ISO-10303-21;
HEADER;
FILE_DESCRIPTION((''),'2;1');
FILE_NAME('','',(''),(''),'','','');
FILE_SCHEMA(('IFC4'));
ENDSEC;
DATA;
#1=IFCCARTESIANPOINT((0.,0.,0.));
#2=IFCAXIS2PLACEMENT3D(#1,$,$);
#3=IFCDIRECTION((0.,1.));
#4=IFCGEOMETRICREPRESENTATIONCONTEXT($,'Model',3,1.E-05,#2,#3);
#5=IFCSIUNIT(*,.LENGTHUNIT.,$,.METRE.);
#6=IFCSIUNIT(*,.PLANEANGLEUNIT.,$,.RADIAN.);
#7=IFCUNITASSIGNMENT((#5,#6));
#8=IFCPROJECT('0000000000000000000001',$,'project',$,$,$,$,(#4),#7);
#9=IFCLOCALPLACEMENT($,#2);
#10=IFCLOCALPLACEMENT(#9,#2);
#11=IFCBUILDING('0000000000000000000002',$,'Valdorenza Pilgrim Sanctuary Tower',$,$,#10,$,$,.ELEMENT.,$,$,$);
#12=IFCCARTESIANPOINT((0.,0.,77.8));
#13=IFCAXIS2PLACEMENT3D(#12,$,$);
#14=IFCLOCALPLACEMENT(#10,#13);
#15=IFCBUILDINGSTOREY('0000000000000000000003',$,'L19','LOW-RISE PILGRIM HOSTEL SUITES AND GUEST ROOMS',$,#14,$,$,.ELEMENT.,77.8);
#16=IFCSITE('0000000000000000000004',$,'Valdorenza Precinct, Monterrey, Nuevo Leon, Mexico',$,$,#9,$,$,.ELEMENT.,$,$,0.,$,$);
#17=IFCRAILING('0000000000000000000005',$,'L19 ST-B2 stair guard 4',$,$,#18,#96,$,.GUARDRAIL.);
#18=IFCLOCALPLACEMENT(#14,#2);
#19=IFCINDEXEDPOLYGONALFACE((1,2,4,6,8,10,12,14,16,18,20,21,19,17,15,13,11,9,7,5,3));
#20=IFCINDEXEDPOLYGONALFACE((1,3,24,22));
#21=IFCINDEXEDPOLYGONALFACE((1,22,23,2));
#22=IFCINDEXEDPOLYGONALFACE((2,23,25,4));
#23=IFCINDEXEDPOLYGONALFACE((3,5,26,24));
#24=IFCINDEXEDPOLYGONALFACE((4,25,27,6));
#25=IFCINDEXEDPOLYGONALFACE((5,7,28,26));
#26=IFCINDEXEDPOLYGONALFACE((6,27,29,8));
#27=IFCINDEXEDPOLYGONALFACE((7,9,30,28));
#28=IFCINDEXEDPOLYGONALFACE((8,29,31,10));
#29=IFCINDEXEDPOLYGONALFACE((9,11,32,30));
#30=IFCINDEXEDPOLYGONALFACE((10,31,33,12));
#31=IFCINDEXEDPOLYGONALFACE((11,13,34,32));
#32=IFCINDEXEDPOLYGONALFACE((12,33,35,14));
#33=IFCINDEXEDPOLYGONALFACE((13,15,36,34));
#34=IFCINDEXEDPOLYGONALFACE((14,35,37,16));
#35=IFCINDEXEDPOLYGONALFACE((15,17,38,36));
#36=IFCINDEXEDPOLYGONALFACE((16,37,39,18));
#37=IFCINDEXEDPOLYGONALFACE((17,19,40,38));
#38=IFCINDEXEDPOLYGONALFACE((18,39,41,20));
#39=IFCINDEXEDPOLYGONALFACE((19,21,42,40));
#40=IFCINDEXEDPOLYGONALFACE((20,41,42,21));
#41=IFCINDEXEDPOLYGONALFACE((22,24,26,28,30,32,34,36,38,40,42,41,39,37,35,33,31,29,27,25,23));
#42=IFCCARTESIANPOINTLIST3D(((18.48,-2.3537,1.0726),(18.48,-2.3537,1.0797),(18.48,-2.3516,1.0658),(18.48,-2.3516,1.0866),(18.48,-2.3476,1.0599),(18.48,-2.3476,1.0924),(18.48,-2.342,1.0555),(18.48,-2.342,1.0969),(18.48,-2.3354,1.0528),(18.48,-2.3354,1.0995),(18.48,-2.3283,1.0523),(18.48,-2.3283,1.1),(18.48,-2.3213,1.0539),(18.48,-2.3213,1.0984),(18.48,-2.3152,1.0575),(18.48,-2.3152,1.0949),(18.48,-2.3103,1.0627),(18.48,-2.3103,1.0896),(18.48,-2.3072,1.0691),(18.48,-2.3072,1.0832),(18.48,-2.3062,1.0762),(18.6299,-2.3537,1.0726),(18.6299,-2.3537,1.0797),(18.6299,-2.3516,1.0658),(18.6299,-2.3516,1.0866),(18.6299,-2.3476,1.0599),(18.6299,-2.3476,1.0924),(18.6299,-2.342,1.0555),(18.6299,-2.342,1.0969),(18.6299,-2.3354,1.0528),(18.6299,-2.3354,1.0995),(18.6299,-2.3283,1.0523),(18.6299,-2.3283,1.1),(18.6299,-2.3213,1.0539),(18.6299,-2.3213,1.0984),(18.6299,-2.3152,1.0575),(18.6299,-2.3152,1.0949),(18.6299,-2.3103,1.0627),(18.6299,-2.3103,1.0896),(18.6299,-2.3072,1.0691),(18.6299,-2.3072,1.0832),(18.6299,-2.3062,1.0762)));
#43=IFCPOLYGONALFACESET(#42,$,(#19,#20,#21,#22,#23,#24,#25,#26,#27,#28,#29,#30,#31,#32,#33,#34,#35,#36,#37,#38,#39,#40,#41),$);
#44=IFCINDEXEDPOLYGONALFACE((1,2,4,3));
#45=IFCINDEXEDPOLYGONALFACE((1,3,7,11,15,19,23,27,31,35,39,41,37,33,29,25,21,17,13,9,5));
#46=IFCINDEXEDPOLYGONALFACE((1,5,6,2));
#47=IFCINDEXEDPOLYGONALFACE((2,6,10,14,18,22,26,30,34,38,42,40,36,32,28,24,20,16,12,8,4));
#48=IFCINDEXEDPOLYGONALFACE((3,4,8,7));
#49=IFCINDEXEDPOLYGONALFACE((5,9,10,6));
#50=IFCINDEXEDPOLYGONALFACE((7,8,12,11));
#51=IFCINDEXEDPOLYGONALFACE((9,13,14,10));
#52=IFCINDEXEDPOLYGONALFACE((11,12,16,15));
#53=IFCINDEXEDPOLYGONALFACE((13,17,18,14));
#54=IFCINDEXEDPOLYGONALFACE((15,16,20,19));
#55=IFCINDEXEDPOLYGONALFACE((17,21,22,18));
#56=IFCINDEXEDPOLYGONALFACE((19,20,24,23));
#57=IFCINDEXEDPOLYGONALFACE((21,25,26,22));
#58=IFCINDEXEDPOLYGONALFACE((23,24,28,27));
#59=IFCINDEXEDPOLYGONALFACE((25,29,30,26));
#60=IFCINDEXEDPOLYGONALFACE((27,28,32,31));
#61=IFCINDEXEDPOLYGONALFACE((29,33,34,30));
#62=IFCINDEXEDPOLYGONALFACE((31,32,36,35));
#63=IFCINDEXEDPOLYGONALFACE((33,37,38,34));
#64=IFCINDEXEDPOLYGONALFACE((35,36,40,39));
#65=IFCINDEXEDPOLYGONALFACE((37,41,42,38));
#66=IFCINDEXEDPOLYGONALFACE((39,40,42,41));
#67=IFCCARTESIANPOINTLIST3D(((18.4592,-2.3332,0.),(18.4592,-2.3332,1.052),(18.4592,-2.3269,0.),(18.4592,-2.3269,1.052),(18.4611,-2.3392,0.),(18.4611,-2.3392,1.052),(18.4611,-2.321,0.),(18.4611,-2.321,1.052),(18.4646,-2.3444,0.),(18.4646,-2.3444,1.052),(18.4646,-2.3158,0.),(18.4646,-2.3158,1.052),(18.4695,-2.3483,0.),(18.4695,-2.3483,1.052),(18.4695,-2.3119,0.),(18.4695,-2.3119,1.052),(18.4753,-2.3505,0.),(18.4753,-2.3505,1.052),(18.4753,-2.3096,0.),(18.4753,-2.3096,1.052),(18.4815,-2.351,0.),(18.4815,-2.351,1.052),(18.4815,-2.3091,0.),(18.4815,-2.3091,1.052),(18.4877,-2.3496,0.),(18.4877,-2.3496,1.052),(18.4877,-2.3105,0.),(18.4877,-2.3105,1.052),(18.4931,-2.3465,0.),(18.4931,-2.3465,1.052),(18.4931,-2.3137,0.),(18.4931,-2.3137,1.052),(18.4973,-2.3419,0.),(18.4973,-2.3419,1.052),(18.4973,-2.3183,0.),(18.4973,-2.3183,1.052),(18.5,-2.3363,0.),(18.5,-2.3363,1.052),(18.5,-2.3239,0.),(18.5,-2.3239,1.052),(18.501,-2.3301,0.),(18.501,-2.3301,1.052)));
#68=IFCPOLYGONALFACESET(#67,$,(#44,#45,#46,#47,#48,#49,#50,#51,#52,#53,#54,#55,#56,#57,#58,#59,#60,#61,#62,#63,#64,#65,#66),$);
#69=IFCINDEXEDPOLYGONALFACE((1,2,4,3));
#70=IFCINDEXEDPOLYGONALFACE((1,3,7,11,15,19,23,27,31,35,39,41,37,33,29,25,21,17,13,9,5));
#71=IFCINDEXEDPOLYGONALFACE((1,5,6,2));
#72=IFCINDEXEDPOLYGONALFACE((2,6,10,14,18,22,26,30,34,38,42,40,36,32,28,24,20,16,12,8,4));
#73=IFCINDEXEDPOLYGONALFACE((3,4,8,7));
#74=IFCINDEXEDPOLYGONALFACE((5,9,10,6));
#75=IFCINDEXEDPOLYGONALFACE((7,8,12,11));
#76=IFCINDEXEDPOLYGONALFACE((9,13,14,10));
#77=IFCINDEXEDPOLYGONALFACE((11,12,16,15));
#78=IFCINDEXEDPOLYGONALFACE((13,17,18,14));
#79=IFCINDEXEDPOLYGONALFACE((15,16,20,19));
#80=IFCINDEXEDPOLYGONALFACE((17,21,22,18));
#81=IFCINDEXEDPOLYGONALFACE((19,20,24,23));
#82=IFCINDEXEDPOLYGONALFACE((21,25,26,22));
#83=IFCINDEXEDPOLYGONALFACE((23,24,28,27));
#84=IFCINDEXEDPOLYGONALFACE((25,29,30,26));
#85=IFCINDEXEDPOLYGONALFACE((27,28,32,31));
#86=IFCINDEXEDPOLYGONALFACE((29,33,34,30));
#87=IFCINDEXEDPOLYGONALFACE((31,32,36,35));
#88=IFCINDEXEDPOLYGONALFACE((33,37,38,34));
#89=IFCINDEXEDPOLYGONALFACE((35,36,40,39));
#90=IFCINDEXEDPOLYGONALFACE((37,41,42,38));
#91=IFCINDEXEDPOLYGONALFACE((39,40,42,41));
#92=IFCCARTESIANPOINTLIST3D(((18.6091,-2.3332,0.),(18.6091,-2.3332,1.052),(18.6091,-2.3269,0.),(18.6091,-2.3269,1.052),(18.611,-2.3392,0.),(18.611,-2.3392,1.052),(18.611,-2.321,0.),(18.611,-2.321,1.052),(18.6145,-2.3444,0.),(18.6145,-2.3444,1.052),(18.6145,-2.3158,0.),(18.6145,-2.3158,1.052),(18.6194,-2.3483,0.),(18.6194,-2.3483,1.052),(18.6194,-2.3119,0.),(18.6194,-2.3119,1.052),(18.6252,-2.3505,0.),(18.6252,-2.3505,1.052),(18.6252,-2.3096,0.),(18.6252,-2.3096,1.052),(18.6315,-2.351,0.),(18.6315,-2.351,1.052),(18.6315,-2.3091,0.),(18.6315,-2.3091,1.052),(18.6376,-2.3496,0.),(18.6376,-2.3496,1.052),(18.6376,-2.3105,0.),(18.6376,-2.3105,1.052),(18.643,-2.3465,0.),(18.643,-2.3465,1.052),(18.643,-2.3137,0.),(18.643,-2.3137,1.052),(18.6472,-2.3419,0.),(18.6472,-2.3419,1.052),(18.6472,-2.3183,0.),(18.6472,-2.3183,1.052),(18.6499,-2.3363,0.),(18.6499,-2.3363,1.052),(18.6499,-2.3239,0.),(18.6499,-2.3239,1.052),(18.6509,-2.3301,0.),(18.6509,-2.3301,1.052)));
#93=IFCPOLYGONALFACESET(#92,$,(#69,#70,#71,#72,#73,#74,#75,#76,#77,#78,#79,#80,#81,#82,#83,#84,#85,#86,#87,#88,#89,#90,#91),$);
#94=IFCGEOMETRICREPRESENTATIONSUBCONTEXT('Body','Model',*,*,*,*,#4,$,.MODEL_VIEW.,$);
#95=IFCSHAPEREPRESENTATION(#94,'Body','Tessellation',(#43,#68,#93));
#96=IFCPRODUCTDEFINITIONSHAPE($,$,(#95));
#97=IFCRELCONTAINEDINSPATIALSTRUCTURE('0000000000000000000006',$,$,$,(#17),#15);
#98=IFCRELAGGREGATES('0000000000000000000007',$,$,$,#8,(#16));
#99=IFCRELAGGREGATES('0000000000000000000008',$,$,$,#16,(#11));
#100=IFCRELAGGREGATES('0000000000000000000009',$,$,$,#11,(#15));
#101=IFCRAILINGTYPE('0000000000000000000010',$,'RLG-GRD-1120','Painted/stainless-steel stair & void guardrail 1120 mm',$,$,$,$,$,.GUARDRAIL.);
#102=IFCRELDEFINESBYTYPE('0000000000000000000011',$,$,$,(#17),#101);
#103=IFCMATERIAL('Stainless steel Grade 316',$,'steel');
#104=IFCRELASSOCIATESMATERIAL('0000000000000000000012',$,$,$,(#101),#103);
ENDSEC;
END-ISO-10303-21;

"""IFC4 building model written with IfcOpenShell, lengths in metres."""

from ifc_helpers import new_model, si_unit, direction, frame, origin, origin_2d, place, context, subcontext, project, spatial, circle, extrude, material, type_object, element, save


model = new_model("IFC4")

# Units and contexts
model_context = context("Model", 3, precision=1e-05, world=origin(), true_north=direction((0.0, 1.0)))
body_context = subcontext(model_context, "Body", "Model", "MODEL_VIEW")
ifc_project = project(units=[si_unit("LENGTHUNIT", "METRE"), si_unit("PLANEANGLEUNIT", "RADIAN")], contexts=[model_context])

# Site, building, storey
site_placement = place(None, origin())
site = spatial("IfcSite", under=ifc_project, at=site_placement, Name="Valdorenza Precinct, Monterrey, Nuevo Leon, Mexico", CompositionType="ELEMENT", RefElevation=0.0)
building_placement = place(site_placement, origin())
building = spatial("IfcBuilding", under=site, at=building_placement, Name="Valdorenza Pilgrim Sanctuary Tower", CompositionType="ELEMENT")
storey_placement = place(building_placement, frame((0.0, 0.0, 77.8)))
storey = spatial("IfcBuildingStorey", under=building, at=storey_placement, Name="L19", Description="LOW-RISE PILGRIM HOSTEL SUITES AND GUEST ROOMS", CompositionType="ELEMENT", Elevation=77.8)

# Railing
ifc_material_1 = material(Name="Stainless steel Grade 316", Category="steel")
railing_type_1 = type_object("IfcRailingType", Name="RLG-GRD-1120", Description="Painted/stainless-steel stair & void guardrail 1120 mm", PredefinedType="GUARDRAIL", material=ifc_material_1)
railing_1_placement = place(storey_placement, frame((18.48, -2.3301, 0.0)))
element("IfcRailing", 1, at=railing_1_placement, inside=storey, type_object=railing_type_1, Name="L19 ST-B2 stair guard 4", PredefinedType="GUARDRAIL", context=body_context, shape_type="SweptSolid", body=[
    extrude(circle(Radius=0.0239, at=origin_2d()), frame((0.0, 0.0, 1.0762), z_axis=(1.0, 0.0, 0.0), x_axis=(0.0, 1.0, 0.0)), (0.0, 0.0, 1.0), 0.1499),
    extrude(circle(Radius=0.021, at=origin_2d()), origin(), (0.0, 0.0, 1.0), 1.052),
    extrude(circle(Radius=0.021, at=origin_2d()), frame((0.1499, 0.0, 0.0)), (0.0, 0.0, 1.0), 1.052),
])

save(model, "model.ifc")
